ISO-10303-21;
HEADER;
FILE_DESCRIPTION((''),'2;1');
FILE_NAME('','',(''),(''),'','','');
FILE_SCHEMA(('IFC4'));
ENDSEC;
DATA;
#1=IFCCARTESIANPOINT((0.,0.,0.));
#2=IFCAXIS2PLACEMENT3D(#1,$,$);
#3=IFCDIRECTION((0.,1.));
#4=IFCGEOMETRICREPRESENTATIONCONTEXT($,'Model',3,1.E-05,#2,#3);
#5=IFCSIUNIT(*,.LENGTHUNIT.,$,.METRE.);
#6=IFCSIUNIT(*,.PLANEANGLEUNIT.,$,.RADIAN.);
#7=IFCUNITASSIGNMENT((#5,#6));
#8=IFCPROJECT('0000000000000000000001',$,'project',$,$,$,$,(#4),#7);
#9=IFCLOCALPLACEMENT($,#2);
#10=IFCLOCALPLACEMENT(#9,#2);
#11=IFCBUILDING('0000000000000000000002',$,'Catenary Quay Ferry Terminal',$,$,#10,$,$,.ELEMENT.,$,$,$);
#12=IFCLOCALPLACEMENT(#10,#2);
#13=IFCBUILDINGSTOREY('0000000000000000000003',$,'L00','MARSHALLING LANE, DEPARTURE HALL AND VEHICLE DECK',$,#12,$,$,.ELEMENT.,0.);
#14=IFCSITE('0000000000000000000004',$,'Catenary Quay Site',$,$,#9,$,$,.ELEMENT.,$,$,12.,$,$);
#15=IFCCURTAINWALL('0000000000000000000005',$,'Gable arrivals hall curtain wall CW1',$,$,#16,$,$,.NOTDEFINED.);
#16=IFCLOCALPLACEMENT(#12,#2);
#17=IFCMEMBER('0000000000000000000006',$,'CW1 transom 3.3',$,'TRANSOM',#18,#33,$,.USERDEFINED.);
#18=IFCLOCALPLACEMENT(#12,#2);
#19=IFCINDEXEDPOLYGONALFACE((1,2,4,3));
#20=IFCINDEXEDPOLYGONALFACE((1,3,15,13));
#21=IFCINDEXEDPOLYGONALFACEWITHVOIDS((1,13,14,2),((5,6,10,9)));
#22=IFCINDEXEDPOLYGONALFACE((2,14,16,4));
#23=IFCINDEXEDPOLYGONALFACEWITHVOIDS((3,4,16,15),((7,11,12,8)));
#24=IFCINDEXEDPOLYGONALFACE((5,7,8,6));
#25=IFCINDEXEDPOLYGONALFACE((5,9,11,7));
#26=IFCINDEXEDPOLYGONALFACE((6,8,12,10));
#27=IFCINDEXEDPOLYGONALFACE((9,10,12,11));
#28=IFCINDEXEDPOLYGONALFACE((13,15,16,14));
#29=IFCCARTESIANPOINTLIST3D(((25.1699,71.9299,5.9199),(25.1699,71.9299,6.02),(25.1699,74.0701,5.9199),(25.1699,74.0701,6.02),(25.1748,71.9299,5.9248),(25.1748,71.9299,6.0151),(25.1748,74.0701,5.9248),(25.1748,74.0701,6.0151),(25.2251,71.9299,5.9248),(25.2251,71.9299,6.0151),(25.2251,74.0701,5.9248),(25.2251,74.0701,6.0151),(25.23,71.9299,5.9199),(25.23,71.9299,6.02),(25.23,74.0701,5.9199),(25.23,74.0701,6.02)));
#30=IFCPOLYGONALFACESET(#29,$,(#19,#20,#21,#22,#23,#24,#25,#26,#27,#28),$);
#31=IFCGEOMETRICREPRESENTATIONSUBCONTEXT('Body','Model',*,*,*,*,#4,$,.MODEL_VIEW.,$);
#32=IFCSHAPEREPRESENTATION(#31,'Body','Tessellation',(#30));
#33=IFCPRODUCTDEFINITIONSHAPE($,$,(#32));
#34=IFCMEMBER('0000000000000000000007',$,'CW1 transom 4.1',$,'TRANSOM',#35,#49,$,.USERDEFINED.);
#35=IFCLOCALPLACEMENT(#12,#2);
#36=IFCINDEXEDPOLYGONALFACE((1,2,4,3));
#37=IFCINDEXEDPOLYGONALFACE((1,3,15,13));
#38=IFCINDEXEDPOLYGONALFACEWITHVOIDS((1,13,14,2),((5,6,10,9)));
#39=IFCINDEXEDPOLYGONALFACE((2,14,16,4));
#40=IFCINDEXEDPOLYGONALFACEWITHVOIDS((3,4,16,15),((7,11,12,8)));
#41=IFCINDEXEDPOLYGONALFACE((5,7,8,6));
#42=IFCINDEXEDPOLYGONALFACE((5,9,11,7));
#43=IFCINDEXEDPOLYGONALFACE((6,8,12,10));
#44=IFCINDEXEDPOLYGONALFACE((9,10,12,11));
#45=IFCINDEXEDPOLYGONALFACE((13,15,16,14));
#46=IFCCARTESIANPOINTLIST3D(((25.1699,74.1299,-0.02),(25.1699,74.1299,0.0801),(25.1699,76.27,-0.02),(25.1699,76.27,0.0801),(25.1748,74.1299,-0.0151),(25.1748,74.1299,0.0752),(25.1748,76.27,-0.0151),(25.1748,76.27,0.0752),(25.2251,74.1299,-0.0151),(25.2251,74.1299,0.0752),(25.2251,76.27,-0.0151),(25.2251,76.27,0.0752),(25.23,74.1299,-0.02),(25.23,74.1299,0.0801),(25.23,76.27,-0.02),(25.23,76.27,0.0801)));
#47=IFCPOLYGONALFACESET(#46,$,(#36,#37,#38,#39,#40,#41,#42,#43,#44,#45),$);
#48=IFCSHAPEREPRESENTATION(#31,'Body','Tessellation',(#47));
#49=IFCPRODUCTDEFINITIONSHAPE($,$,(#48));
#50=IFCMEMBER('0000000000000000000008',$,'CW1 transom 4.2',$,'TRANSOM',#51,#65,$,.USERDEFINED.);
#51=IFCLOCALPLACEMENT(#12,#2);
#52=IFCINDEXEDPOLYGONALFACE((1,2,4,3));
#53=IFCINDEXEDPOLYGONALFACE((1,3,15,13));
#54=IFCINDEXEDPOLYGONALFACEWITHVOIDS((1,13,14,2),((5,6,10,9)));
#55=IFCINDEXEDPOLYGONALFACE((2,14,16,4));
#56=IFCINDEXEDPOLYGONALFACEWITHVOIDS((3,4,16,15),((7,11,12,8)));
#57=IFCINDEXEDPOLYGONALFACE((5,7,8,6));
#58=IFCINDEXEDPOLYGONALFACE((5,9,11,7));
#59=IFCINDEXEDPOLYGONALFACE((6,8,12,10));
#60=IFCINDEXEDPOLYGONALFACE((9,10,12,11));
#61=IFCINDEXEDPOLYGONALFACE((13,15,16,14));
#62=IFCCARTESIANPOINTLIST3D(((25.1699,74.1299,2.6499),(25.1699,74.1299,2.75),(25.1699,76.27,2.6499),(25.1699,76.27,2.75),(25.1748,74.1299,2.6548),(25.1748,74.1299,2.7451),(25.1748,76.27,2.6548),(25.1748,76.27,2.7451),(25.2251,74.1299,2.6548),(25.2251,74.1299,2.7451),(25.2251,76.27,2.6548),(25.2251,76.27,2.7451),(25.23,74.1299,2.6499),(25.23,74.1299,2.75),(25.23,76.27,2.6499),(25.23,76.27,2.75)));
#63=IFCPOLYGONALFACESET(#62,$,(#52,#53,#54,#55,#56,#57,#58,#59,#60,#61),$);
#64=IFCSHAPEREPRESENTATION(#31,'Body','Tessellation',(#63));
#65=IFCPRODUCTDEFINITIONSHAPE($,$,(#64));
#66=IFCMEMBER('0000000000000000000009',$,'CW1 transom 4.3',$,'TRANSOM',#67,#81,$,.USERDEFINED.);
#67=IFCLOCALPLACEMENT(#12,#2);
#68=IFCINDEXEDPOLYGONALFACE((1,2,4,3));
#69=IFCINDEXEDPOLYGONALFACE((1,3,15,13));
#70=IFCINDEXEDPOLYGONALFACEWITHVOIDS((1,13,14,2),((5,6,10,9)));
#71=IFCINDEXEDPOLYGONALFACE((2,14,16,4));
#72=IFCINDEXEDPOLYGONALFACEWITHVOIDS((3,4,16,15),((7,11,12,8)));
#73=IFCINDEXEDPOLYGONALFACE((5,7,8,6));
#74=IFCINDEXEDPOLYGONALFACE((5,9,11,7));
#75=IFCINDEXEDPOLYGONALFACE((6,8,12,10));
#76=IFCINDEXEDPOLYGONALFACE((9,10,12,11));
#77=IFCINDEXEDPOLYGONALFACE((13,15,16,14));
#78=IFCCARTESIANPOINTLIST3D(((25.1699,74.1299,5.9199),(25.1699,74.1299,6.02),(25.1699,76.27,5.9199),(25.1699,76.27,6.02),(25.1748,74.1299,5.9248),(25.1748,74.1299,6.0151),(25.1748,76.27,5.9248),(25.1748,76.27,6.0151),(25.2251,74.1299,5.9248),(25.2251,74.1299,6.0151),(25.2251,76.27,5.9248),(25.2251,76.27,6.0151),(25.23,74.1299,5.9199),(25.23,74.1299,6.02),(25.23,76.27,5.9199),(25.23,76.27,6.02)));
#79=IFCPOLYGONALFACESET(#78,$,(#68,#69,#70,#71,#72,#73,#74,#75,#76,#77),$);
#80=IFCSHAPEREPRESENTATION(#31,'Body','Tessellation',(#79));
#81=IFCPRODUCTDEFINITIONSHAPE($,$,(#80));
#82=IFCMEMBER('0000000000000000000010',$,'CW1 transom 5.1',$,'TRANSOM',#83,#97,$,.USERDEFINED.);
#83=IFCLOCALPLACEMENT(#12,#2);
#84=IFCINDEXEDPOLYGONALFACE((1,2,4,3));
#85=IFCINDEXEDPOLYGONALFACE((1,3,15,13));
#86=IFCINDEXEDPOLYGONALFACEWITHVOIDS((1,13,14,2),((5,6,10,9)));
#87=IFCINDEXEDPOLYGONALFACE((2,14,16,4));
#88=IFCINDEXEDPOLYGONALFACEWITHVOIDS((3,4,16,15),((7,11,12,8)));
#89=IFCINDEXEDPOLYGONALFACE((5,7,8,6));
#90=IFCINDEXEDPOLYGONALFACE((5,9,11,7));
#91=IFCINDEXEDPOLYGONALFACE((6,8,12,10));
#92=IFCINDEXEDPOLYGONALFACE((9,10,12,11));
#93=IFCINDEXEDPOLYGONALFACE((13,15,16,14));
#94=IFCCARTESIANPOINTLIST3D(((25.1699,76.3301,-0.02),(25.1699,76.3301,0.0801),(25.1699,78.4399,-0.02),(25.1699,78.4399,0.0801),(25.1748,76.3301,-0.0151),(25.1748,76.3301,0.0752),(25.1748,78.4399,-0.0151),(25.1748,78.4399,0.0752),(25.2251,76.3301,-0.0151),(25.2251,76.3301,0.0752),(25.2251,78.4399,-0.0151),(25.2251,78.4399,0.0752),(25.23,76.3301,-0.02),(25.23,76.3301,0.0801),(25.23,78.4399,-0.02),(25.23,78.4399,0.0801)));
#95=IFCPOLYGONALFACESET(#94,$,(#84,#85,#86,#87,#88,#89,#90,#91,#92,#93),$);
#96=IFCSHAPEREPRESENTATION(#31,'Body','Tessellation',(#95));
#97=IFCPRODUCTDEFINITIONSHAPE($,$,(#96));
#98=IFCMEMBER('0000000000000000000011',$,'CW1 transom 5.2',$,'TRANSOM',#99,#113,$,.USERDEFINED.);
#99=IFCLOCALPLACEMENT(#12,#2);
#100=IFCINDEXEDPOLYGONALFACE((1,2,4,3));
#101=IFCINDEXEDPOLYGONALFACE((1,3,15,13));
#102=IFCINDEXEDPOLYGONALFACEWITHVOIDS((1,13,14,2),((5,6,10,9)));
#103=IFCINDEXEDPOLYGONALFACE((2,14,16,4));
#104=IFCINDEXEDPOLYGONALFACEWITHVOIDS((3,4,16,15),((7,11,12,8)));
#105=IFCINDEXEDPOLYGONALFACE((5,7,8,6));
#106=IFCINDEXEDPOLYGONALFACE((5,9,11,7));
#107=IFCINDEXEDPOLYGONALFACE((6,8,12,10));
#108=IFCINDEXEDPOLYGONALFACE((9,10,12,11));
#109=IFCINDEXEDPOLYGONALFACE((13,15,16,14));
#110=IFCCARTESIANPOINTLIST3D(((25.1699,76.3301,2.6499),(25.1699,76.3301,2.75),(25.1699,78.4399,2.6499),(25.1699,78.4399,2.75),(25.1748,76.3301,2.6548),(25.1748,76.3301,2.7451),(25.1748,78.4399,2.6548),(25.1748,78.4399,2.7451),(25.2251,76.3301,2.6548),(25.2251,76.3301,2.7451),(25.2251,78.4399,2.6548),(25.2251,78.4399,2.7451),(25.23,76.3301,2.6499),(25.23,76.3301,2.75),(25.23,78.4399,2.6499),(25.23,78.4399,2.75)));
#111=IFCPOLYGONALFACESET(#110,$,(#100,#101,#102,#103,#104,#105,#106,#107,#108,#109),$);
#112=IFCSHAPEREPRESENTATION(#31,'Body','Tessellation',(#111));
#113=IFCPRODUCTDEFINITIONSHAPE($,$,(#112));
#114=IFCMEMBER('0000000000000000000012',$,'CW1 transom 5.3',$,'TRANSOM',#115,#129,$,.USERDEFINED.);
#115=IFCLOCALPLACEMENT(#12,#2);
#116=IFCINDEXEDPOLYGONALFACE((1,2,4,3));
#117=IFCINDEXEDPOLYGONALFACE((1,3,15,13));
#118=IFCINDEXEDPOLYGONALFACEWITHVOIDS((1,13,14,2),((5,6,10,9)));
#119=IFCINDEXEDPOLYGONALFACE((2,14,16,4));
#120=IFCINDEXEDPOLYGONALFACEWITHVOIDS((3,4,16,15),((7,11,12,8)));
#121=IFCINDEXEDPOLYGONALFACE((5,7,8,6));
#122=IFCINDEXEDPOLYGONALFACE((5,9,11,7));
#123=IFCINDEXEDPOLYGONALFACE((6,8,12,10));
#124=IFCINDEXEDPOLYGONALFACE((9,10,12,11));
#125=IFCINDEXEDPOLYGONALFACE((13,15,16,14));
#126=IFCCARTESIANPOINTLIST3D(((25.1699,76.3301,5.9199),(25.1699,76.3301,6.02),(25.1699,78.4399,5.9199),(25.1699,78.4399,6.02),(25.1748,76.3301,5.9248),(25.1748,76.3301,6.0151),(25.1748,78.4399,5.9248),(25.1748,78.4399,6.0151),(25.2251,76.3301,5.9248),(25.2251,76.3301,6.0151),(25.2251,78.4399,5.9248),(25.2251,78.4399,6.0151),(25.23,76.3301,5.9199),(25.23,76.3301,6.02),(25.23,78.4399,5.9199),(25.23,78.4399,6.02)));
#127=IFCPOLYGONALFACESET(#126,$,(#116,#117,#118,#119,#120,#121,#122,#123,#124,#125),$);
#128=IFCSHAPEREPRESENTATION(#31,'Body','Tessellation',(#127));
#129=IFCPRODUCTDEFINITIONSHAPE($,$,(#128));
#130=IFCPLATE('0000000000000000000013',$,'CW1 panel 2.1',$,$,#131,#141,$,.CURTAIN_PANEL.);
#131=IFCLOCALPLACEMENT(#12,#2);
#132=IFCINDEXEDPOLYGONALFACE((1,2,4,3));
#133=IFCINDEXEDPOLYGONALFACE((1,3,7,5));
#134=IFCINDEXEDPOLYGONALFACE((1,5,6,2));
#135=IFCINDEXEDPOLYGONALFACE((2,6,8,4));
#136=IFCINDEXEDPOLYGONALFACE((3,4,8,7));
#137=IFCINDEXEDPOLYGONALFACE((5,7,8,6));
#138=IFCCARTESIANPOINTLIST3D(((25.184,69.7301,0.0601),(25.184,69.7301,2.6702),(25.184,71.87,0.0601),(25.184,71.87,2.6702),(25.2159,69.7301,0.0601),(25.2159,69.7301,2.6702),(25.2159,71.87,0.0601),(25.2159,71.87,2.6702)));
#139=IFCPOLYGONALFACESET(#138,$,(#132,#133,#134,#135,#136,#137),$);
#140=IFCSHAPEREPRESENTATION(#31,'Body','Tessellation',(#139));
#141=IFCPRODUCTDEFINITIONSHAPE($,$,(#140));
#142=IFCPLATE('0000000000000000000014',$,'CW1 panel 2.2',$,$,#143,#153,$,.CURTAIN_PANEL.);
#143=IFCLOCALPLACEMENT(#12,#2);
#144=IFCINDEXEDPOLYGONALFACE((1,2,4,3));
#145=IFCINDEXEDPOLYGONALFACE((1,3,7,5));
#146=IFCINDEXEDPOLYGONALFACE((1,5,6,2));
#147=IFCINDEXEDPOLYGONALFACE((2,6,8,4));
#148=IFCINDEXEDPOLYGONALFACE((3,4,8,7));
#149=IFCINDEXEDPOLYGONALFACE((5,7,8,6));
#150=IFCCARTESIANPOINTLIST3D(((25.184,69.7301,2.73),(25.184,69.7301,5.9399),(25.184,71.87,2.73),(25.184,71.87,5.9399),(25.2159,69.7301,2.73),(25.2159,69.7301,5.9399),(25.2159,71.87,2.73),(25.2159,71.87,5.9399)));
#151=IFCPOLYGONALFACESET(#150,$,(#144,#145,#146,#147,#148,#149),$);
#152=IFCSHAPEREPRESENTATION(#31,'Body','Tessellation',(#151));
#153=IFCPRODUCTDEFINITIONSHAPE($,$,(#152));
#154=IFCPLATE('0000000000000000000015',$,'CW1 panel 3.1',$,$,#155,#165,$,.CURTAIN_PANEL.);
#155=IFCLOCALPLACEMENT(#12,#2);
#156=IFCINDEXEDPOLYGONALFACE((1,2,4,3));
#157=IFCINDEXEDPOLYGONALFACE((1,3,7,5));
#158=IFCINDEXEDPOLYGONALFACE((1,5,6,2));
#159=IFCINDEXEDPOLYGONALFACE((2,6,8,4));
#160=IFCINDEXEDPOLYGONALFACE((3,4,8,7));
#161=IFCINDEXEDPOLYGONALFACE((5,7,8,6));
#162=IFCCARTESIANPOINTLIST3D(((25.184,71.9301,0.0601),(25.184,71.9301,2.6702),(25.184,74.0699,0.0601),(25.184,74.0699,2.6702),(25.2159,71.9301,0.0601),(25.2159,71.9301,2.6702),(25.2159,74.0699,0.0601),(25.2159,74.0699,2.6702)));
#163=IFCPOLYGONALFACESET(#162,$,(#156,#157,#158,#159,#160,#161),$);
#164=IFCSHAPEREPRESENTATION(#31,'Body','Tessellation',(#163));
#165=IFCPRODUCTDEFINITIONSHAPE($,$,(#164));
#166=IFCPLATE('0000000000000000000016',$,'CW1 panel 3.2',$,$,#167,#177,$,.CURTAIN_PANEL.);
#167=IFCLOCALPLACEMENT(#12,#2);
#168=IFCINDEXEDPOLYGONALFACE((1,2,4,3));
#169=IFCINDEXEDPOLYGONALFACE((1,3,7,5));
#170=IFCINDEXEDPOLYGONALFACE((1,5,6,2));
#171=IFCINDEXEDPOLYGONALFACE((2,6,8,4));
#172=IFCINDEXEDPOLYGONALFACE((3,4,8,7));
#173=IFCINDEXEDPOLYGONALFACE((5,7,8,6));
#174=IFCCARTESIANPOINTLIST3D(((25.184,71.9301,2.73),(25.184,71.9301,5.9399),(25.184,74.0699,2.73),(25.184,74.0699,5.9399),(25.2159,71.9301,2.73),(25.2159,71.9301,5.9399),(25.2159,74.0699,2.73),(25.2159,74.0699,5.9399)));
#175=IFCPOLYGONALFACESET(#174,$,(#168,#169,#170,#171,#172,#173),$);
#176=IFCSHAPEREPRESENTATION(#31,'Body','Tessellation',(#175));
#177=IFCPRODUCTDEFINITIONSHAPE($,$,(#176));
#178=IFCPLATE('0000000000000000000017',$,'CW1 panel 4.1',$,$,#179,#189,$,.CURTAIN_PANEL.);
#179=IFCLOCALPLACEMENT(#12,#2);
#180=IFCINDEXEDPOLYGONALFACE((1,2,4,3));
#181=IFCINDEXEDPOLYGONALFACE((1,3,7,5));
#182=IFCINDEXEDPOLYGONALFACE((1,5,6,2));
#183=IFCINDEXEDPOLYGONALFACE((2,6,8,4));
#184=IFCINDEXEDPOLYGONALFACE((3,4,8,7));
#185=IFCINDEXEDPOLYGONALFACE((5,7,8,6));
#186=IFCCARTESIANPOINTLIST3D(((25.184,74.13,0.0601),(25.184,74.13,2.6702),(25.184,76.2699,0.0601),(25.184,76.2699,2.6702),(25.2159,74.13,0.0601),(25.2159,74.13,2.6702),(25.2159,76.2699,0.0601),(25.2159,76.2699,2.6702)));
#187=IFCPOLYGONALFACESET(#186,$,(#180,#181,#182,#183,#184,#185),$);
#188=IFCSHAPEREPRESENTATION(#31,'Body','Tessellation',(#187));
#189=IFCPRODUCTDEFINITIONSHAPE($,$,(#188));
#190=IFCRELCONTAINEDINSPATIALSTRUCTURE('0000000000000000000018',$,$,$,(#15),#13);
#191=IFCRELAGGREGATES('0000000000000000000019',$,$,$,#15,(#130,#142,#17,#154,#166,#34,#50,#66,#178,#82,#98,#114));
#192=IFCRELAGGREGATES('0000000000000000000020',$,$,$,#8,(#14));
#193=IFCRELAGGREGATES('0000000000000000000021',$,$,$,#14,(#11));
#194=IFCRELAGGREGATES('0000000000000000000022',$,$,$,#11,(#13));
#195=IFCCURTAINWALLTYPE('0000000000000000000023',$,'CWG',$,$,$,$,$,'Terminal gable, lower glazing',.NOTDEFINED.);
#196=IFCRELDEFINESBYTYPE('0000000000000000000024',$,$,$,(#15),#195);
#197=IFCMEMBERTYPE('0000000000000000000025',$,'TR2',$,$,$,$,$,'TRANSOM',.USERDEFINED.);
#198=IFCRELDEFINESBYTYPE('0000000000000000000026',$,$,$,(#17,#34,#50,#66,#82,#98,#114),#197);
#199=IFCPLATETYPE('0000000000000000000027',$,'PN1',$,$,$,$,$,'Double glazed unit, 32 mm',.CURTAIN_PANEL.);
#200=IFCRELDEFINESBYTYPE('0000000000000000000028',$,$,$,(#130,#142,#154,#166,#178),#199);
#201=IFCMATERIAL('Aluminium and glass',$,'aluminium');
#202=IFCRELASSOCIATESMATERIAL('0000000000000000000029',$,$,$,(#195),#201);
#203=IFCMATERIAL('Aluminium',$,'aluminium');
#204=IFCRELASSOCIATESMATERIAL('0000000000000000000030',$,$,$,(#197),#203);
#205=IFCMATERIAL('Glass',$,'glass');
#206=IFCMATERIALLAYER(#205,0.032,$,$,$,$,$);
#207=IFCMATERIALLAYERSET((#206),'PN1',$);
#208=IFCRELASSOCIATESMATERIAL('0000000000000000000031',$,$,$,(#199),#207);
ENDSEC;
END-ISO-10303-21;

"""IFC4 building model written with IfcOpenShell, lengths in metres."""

from ifc_helpers import new_model, si_unit, direction, frame, origin, origin_2d, place, context, subcontext, project, spatial, rectangle, hollow_rectangle, extrude, material, layer, layer_set, material_profile, profile_set, type_object, element, aggregate, save


model = new_model("IFC4")

# Units and contexts
model_context = context("Model", 3, precision=1e-05, world=origin(), true_north=direction((0.0, 1.0)))
body_context = subcontext(model_context, "Body", "Model", "MODEL_VIEW")
ifc_project = project(units=[si_unit("LENGTHUNIT", "METRE"), si_unit("PLANEANGLEUNIT", "RADIAN")], contexts=[model_context])

# Site, building, storey
site_placement = place(None, origin())
site = spatial("IfcSite", under=ifc_project, at=site_placement, Name="Catenary Quay Site", CompositionType="ELEMENT", RefElevation=12.0)
building_placement = place(site_placement, origin())
building = spatial("IfcBuilding", under=site, at=building_placement, Name="Catenary Quay Ferry Terminal", CompositionType="ELEMENT")
storey_placement = place(building_placement, origin())
storey = spatial("IfcBuildingStorey", under=building, at=storey_placement, Name="L00", Description="MARSHALLING LANE, DEPARTURE HALL AND VEHICLE DECK", CompositionType="ELEMENT", Elevation=0.0)

# Curtain wall, members, plates
ifc_material_1 = material(Name="Aluminium and glass", Category="aluminium")
curtain_wall_type = type_object("IfcCurtainWallType", Name="CWG", ElementType="Terminal gable, lower glazing", PredefinedType="NOTDEFINED", material=ifc_material_1)
curtain_wall_placement = place(storey_placement, origin())
curtain_wall = element("IfcCurtainWall", 1, at=curtain_wall_placement, inside=storey, type_object=curtain_wall_type, Name="Gable arrivals hall curtain wall CW1", PredefinedType="NOTDEFINED")
ifc_material_2 = material(Name="Aluminium", Category="aluminium")
ifc_material_profile_1 = material_profile(ifc_material_2, hollow_rectangle(XDim=0.0601, YDim=0.1001, WallThickness=0.0049, at=origin_2d()), Name="TR2")
ifc_profile_set_1 = profile_set([ifc_material_profile_1], Name="Aluminium")
member_type_1 = type_object("IfcMemberType", Name="TR2", ElementType="TRANSOM", PredefinedType="USERDEFINED", material=ifc_profile_set_1)
member_1_placement = place(storey_placement, frame((25.2, 71.9299, 5.97), z_axis=(0.0, 1.0, 0.0), x_axis=(-1.0, 0.0, 0.0)))
member_1 = element("IfcMember", 2, at=member_1_placement, type_object=member_type_1, Name="CW1 transom 3.3", ObjectType="TRANSOM", PredefinedType="USERDEFINED", context=body_context, shape_type="SweptSolid", body=[
    extrude(hollow_rectangle(XDim=0.0601, YDim=0.1001, WallThickness=0.0049, at=origin_2d()), origin(), (0.0, 0.0, 1.0), 2.1401),
])
member_2_placement = place(storey_placement, frame((25.2, 74.1299, 0.03), z_axis=(0.0, 1.0, 0.0), x_axis=(-1.0, 0.0, 0.0)))
member_2 = element("IfcMember", 3, at=member_2_placement, type_object=member_type_1, Name="CW1 transom 4.1", ObjectType="TRANSOM", PredefinedType="USERDEFINED", context=body_context, shape_type="SweptSolid", body=[
    extrude(hollow_rectangle(XDim=0.0601, YDim=0.1001, WallThickness=0.0049, at=origin_2d()), origin(), (0.0, 0.0, 1.0), 2.1401),
])
member_3_placement = place(storey_placement, frame((25.2, 74.1299, 2.7), z_axis=(0.0, 1.0, 0.0), x_axis=(-1.0, 0.0, 0.0)))
member_3 = element("IfcMember", 4, at=member_3_placement, type_object=member_type_1, Name="CW1 transom 4.2", ObjectType="TRANSOM", PredefinedType="USERDEFINED", context=body_context, shape_type="SweptSolid", body=[
    extrude(hollow_rectangle(XDim=0.0601, YDim=0.1001, WallThickness=0.0049, at=origin_2d()), origin(), (0.0, 0.0, 1.0), 2.1401),
])
member_4_placement = place(storey_placement, frame((25.2, 74.1299, 5.97), z_axis=(0.0, 1.0, 0.0), x_axis=(-1.0, 0.0, 0.0)))
member_4 = element("IfcMember", 5, at=member_4_placement, type_object=member_type_1, Name="CW1 transom 4.3", ObjectType="TRANSOM", PredefinedType="USERDEFINED", context=body_context, shape_type="SweptSolid", body=[
    extrude(hollow_rectangle(XDim=0.0601, YDim=0.1001, WallThickness=0.0049, at=origin_2d()), origin(), (0.0, 0.0, 1.0), 2.1401),
])
member_5_placement = place(storey_placement, frame((25.2, 76.3301, 0.03), z_axis=(0.0, 1.0, 0.0), x_axis=(-1.0, 0.0, 0.0)))
member_5 = element("IfcMember", 6, at=member_5_placement, type_object=member_type_1, Name="CW1 transom 5.1", ObjectType="TRANSOM", PredefinedType="USERDEFINED", context=body_context, shape_type="SweptSolid", body=[
    extrude(hollow_rectangle(XDim=0.0601, YDim=0.1001, WallThickness=0.0049, at=origin_2d()), origin(), (0.0, 0.0, 1.0), 2.1099),
])
member_6_placement = place(storey_placement, frame((25.2, 76.3301, 2.7), z_axis=(0.0, 1.0, 0.0), x_axis=(-1.0, 0.0, 0.0)))
member_6 = element("IfcMember", 7, at=member_6_placement, type_object=member_type_1, Name="CW1 transom 5.2", ObjectType="TRANSOM", PredefinedType="USERDEFINED", context=body_context, shape_type="SweptSolid", body=[
    extrude(hollow_rectangle(XDim=0.0601, YDim=0.1001, WallThickness=0.0049, at=origin_2d()), origin(), (0.0, 0.0, 1.0), 2.1099),
])
member_7_placement = place(storey_placement, frame((25.2, 76.3301, 5.97), z_axis=(0.0, 1.0, 0.0), x_axis=(-1.0, 0.0, 0.0)))
member_7 = element("IfcMember", 8, at=member_7_placement, type_object=member_type_1, Name="CW1 transom 5.3", ObjectType="TRANSOM", PredefinedType="USERDEFINED", context=body_context, shape_type="SweptSolid", body=[
    extrude(hollow_rectangle(XDim=0.0601, YDim=0.1001, WallThickness=0.0049, at=origin_2d()), origin(), (0.0, 0.0, 1.0), 2.1099),
])
ifc_material_3 = material(Name="Glass", Category="glass")
ifc_layer_1 = layer(ifc_material_3, 0.032)
ifc_layer_set_1 = layer_set([ifc_layer_1], Name="PN1")
plate_type = type_object("IfcPlateType", Name="PN1", ElementType="Double glazed unit, 32 mm", PredefinedType="CURTAIN_PANEL", material=ifc_layer_set_1)
plate_1_placement = place(storey_placement, frame((25.2, 70.8, 0.0601), z_axis=(0.0, 0.0, 1.0), x_axis=(0.0, 1.0, 0.0)))
plate_1 = element("IfcPlate", 9, at=plate_1_placement, type_object=plate_type, Name="CW1 panel 2.1", PredefinedType="CURTAIN_PANEL", context=body_context, shape_type="SweptSolid", body=[
    extrude(rectangle(XDim=2.1399, YDim=0.032, at=origin_2d()), origin(), (0.0, 0.0, 1.0), 2.6101),
])
plate_2_placement = place(storey_placement, frame((25.2, 70.8, 2.73), z_axis=(0.0, 0.0, 1.0), x_axis=(0.0, 1.0, 0.0)))
plate_2 = element("IfcPlate", 10, at=plate_2_placement, type_object=plate_type, Name="CW1 panel 2.2", PredefinedType="CURTAIN_PANEL", context=body_context, shape_type="SweptSolid", body=[
    extrude(rectangle(XDim=2.1399, YDim=0.032, at=origin_2d()), origin(), (0.0, 0.0, 1.0), 3.21),
])
plate_3_placement = place(storey_placement, frame((25.2, 73.0, 0.0601), z_axis=(0.0, 0.0, 1.0), x_axis=(0.0, 1.0, 0.0)))
plate_3 = element("IfcPlate", 11, at=plate_3_placement, type_object=plate_type, Name="CW1 panel 3.1", PredefinedType="CURTAIN_PANEL", context=body_context, shape_type="SweptSolid", body=[
    extrude(rectangle(XDim=2.1399, YDim=0.032, at=origin_2d()), origin(), (0.0, 0.0, 1.0), 2.6101),
])
plate_4_placement = place(storey_placement, frame((25.2, 73.0, 2.73), z_axis=(0.0, 0.0, 1.0), x_axis=(0.0, 1.0, 0.0)))
plate_4 = element("IfcPlate", 12, at=plate_4_placement, type_object=plate_type, Name="CW1 panel 3.2", PredefinedType="CURTAIN_PANEL", context=body_context, shape_type="SweptSolid", body=[
    extrude(rectangle(XDim=2.1399, YDim=0.032, at=origin_2d()), origin(), (0.0, 0.0, 1.0), 3.21),
])
plate_5_placement = place(storey_placement, frame((25.2, 75.2, 0.0601), z_axis=(0.0, 0.0, 1.0), x_axis=(0.0, 1.0, 0.0)))
plate_5 = element("IfcPlate", 13, at=plate_5_placement, type_object=plate_type, Name="CW1 panel 4.1", PredefinedType="CURTAIN_PANEL", context=body_context, shape_type="SweptSolid", body=[
    extrude(rectangle(XDim=2.1399, YDim=0.032, at=origin_2d()), origin(), (0.0, 0.0, 1.0), 2.6101),
])
aggregate(curtain_wall, [plate_1, plate_2, member_1, plate_3, plate_4, member_2, member_3, member_4, plate_5, member_5, member_6, member_7])

save(model, "model.ifc")
